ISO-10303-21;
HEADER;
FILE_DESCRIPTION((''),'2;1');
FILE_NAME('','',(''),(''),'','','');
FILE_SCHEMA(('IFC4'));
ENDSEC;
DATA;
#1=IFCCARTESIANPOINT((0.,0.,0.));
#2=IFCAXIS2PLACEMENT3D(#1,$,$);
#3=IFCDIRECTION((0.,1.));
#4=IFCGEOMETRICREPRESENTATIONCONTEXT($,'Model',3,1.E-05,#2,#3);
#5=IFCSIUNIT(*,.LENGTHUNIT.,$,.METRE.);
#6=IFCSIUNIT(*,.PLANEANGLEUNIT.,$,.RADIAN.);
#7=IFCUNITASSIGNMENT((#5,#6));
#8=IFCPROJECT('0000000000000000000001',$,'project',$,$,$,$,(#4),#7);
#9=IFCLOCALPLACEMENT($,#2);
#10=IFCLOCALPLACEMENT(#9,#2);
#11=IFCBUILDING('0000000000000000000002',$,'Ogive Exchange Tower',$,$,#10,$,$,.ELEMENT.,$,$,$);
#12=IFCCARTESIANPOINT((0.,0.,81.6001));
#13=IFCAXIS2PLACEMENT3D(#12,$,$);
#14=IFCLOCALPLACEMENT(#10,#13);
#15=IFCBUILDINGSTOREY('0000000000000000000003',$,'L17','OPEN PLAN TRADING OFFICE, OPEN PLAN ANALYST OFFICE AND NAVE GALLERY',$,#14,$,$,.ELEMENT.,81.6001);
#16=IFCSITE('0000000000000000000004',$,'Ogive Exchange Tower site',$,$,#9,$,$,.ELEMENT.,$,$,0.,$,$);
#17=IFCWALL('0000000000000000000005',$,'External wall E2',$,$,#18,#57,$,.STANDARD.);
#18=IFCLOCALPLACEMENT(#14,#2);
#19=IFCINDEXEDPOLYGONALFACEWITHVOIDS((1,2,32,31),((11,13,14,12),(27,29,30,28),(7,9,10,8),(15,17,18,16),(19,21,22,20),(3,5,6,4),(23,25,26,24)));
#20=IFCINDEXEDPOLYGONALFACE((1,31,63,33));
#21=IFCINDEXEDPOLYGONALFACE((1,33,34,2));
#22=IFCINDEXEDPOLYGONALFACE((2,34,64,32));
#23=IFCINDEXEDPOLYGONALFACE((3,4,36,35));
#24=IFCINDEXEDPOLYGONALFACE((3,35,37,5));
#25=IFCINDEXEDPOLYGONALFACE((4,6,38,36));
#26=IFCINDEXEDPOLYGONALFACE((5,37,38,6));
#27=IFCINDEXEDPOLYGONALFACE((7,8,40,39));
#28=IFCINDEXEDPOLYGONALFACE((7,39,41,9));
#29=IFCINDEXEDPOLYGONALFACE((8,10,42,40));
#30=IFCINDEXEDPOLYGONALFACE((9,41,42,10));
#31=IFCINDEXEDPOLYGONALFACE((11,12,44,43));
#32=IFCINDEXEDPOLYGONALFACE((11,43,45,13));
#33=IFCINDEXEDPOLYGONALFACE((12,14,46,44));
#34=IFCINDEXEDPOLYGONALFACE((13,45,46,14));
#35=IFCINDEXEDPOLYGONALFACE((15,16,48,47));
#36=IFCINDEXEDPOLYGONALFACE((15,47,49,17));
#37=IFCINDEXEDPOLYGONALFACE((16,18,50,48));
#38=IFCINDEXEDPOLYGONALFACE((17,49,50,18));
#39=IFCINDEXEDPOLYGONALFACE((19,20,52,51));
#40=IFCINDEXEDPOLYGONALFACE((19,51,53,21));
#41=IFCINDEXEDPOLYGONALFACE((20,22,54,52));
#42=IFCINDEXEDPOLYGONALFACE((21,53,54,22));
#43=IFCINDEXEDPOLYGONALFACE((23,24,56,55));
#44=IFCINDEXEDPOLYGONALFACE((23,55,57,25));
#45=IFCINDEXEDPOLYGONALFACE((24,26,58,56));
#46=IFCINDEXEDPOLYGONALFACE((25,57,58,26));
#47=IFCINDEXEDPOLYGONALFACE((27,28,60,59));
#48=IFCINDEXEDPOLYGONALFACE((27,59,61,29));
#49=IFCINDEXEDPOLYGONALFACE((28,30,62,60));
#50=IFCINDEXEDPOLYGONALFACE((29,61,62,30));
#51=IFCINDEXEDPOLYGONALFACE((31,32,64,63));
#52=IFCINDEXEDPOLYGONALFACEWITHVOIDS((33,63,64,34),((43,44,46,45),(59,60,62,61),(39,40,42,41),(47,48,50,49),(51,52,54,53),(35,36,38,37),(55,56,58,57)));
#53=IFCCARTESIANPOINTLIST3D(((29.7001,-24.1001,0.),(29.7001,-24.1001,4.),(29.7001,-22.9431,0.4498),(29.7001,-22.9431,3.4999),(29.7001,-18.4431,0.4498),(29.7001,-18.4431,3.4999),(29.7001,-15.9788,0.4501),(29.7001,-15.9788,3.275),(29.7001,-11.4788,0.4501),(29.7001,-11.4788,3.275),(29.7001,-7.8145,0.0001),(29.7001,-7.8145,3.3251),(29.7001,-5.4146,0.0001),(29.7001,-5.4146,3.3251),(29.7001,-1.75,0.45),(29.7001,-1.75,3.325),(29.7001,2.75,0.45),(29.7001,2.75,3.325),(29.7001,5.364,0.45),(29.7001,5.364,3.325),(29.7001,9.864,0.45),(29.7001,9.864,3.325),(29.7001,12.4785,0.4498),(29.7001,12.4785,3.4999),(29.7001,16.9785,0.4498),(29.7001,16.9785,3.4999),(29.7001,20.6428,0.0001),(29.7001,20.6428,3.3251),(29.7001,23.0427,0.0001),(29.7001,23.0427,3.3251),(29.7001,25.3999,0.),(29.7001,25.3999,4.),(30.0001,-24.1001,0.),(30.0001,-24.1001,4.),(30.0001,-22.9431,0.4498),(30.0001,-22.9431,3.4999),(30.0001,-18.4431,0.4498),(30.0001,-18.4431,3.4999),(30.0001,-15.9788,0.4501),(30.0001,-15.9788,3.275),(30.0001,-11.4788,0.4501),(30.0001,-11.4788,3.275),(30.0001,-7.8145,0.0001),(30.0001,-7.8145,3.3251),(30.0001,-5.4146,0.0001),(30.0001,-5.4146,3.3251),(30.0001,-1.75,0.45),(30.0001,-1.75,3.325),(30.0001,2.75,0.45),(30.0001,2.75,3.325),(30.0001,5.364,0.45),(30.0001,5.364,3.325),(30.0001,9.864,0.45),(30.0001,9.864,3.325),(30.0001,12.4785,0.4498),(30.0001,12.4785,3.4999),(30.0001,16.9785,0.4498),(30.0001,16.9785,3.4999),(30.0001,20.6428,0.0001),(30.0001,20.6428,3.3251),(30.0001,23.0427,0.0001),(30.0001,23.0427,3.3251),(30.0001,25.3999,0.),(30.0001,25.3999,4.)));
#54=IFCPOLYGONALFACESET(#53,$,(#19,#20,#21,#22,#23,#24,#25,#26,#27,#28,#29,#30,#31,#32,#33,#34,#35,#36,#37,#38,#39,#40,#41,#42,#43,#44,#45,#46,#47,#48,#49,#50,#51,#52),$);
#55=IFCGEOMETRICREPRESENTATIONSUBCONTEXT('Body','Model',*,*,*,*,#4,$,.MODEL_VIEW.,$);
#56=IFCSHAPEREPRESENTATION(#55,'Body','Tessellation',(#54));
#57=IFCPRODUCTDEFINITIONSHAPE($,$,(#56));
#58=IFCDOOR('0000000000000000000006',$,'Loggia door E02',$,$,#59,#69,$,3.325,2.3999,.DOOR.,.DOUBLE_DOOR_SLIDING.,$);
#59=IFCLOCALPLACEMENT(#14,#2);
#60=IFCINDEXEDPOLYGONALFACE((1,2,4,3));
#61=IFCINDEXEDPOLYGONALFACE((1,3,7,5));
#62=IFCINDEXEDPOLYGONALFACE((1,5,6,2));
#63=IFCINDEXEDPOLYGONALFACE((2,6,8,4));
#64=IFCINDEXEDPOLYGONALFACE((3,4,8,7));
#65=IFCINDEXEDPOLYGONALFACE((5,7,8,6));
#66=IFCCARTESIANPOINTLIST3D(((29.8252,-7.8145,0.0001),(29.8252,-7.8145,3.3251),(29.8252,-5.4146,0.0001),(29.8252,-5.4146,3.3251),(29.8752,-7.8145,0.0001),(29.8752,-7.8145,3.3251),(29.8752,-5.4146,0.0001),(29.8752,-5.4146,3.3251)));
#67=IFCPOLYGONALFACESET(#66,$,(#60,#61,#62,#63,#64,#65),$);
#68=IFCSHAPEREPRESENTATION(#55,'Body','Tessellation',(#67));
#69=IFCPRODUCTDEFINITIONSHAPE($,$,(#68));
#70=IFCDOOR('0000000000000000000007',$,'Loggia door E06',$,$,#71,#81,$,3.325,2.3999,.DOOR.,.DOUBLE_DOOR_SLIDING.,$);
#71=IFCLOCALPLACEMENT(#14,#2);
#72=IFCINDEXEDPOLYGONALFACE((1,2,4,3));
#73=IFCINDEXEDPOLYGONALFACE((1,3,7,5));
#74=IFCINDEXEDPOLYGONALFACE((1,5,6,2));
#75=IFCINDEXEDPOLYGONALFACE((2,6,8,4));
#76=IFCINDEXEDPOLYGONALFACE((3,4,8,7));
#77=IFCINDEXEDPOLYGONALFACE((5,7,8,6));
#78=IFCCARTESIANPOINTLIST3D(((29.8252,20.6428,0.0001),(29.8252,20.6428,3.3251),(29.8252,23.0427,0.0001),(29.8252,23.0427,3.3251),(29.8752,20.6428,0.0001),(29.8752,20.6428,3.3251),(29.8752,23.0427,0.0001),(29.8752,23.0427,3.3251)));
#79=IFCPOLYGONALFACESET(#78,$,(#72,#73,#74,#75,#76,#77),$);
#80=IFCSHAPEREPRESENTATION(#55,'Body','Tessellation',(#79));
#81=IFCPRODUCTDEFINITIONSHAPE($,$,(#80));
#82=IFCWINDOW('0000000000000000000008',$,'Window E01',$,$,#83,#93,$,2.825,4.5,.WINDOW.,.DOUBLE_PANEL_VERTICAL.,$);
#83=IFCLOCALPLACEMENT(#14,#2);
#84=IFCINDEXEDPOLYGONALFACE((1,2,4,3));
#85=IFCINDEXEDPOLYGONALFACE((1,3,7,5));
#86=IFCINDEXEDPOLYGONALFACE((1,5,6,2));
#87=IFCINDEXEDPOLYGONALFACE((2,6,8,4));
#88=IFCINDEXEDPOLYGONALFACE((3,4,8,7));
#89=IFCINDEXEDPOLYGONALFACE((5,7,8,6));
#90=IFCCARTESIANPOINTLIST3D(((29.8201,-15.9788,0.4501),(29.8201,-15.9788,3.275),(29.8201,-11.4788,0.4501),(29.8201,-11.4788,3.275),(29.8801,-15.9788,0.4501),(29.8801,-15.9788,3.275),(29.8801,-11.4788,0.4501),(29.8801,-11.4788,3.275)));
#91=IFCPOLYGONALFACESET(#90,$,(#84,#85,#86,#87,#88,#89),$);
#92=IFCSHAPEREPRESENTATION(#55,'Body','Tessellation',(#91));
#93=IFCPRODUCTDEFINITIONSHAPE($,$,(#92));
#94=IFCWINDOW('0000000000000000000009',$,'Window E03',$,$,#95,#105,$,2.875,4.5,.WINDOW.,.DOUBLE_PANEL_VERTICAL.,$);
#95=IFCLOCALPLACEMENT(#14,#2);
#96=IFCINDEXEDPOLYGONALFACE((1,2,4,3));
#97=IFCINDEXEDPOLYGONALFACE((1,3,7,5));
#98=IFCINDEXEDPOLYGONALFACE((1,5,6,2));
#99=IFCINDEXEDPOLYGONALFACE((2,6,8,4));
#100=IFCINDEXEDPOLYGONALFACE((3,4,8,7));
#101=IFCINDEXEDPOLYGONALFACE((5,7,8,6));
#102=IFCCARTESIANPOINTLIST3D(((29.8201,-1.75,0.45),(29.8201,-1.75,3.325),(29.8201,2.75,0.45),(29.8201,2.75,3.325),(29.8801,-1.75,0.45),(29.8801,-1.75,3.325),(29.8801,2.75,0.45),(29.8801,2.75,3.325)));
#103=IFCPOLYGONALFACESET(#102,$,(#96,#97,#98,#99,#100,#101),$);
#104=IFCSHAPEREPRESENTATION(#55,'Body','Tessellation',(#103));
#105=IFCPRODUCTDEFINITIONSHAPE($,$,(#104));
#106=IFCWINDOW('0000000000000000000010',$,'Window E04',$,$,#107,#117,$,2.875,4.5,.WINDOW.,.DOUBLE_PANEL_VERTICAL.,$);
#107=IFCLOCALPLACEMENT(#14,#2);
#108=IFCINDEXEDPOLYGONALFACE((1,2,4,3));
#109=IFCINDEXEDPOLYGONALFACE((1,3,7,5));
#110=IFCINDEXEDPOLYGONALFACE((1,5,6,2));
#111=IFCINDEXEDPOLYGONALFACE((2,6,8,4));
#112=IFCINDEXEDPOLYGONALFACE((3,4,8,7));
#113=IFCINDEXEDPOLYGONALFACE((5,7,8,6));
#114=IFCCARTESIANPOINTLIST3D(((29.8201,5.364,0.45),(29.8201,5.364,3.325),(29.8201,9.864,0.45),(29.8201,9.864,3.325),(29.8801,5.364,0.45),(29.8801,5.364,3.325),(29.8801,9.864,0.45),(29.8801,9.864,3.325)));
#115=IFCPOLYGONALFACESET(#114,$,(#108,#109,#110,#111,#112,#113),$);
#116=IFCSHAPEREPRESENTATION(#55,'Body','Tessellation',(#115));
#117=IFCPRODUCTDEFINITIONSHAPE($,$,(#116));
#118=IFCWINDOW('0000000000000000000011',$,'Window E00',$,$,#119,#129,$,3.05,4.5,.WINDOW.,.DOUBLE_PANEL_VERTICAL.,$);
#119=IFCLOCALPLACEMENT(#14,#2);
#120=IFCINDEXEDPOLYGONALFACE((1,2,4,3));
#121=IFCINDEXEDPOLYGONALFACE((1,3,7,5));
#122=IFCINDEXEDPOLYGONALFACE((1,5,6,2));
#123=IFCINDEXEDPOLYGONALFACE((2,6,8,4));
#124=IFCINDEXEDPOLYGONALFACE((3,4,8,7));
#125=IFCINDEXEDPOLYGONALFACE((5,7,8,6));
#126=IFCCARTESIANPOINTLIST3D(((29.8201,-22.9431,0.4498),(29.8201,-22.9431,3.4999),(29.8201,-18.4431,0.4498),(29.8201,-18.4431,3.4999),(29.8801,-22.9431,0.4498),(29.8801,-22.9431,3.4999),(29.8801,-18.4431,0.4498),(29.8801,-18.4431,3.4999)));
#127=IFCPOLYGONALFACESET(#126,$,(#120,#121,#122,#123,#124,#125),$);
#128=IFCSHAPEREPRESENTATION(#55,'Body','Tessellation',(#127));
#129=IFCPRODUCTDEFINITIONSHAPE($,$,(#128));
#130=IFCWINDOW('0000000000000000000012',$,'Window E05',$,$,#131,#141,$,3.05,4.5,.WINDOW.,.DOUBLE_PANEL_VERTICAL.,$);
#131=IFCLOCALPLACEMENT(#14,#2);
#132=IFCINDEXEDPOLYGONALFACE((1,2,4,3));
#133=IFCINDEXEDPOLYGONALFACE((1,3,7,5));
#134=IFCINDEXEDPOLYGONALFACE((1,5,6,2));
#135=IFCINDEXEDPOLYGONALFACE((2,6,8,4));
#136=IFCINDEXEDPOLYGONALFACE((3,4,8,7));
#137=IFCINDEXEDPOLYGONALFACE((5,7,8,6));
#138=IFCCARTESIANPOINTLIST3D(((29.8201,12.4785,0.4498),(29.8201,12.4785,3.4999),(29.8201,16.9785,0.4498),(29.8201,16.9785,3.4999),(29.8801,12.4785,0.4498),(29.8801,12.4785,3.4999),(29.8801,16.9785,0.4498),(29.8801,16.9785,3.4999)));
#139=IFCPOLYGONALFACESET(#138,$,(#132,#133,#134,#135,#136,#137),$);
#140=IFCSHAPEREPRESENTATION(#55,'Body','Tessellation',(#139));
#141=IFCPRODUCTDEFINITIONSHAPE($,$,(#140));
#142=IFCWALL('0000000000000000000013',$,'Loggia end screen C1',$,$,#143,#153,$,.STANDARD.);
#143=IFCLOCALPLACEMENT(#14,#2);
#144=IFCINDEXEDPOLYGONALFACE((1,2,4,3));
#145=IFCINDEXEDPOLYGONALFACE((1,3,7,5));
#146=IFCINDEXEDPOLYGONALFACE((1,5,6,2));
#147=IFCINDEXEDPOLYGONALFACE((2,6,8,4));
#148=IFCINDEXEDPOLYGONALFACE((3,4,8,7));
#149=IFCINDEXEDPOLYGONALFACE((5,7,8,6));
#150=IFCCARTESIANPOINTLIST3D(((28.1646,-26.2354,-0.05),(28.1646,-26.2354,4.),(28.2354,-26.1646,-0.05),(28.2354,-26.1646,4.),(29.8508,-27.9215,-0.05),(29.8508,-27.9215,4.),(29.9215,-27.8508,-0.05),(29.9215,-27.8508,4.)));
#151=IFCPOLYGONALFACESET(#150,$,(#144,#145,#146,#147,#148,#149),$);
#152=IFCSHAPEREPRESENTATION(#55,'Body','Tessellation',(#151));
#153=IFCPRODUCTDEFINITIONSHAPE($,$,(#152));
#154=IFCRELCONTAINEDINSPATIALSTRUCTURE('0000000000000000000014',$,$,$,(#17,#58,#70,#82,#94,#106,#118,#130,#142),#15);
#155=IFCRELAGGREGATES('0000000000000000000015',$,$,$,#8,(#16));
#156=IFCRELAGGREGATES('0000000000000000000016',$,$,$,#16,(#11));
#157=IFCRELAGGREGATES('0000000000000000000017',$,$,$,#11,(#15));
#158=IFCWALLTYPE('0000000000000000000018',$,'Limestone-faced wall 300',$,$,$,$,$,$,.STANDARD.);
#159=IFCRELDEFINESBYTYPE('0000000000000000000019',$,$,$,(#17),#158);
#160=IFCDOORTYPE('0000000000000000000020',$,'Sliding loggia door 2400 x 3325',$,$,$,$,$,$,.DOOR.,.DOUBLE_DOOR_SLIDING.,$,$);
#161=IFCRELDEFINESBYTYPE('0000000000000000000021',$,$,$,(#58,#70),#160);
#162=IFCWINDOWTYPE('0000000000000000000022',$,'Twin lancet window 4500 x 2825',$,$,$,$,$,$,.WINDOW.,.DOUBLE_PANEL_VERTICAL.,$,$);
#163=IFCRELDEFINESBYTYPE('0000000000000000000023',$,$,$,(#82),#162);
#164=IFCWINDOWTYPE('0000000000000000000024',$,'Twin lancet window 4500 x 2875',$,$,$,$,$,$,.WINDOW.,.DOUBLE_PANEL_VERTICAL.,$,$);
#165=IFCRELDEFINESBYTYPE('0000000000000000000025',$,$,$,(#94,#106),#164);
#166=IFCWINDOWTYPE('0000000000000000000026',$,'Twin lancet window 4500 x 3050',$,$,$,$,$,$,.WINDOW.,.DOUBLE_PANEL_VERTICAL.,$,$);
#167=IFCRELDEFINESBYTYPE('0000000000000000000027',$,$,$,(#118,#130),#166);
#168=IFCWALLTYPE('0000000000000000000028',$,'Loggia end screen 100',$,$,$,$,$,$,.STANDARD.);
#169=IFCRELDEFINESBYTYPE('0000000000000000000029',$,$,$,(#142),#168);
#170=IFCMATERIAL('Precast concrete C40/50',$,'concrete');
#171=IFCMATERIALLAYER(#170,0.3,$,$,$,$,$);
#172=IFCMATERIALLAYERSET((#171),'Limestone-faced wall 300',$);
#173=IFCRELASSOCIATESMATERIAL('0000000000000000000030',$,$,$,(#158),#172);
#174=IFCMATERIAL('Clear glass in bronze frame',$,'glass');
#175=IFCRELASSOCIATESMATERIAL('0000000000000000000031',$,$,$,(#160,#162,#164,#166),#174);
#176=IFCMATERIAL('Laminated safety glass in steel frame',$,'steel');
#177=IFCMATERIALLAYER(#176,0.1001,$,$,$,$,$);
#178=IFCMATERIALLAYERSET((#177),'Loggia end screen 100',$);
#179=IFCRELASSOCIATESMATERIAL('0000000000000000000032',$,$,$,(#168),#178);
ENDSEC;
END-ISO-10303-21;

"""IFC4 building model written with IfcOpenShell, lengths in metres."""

from ifc_helpers import new_model, si_unit, direction, frame, frame_2d, origin, place, context, subcontext, project, spatial, rectangle, extrude, material, layer, layer_set, type_object, element, fill, save


model = new_model("IFC4")

# Units and contexts
model_context = context("Model", 3, precision=1e-05, world=origin(), true_north=direction((0.0, 1.0)))
body_context = subcontext(model_context, "Body", "Model", "MODEL_VIEW")
ifc_project = project(units=[si_unit("LENGTHUNIT", "METRE"), si_unit("PLANEANGLEUNIT", "RADIAN")], contexts=[model_context])

# Site, building, storey
site_placement = place(None, origin())
site = spatial("IfcSite", under=ifc_project, at=site_placement, Name="Ogive Exchange Tower site", CompositionType="ELEMENT", RefElevation=0.0)
building_placement = place(site_placement, origin())
building = spatial("IfcBuilding", under=site, at=building_placement, Name="Ogive Exchange Tower", CompositionType="ELEMENT")
storey_placement = place(building_placement, frame((0.0, 0.0, 81.6001)))
storey = spatial("IfcBuildingStorey", under=building, at=storey_placement, Name="L17", Description="OPEN PLAN TRADING OFFICE, OPEN PLAN ANALYST OFFICE AND NAVE GALLERY", CompositionType="ELEMENT", Elevation=81.6001)

# Wall, openings, doors, windows
ifc_material_1 = material(Name="Precast concrete C40/50", Category="concrete")
ifc_layer_1 = layer(ifc_material_1, 0.3)
ifc_layer_set_1 = layer_set([ifc_layer_1], Name="Limestone-faced wall 300")
wall_type_1 = type_object("IfcWallType", Name="Limestone-faced wall 300", PredefinedType="STANDARD", material=ifc_layer_set_1)
wall_1_placement = place(storey_placement, frame((29.8501, -24.1001, 0.0), z_axis=(0.0, 0.0, 1.0), x_axis=(0.0, 1.0, 0.0)))
wall_1 = element("IfcWall", 1, at=wall_1_placement, inside=storey, type_object=wall_type_1, Name="External wall E2", PredefinedType="STANDARD", context=body_context, shape_type="SweptSolid", body=[
    extrude(rectangle(XDim=49.5, YDim=0.3, at=frame_2d((24.75, 0.0))), origin(), (0.0, 0.0, 1.0), 4.0),
])
opening_1_placement = place(wall_1_placement, frame((1.157, 0.0, 0.45)))
opening_1 = element("IfcOpeningElement", 2, at=opening_1_placement, cuts=wall_1, PredefinedType="OPENING", context=body_context, shape_type="SweptSolid", body=[
    extrude(rectangle(XDim=4.5, YDim=3.05, at=frame_2d((2.25, 1.5249))), frame((0.0, 0.1599, 0.0), z_axis=(0.0, -1.0, 0.0), x_axis=(1.0, 0.0, 0.0)), (0.0, 0.0, 1.0), 0.3201),
])
opening_2_placement = place(wall_1_placement, frame((8.1213, 0.0, 0.45)))
opening_2 = element("IfcOpeningElement", 3, at=opening_2_placement, cuts=wall_1, PredefinedType="OPENING", context=body_context, shape_type="SweptSolid", body=[
    extrude(rectangle(XDim=4.5, YDim=2.825, at=frame_2d((2.25, 1.4126))), frame((0.0, 0.1599, 0.0), z_axis=(0.0, -1.0, 0.0), x_axis=(1.0, 0.0, 0.0)), (0.0, 0.0, 1.0), 0.3201),
])
opening_3_placement = place(wall_1_placement, frame((16.2856, 0.0, 0.0)))
opening_3 = element("IfcOpeningElement", 4, at=opening_3_placement, cuts=wall_1, PredefinedType="OPENING", context=body_context, shape_type="SweptSolid", body=[
    extrude(rectangle(XDim=2.3999, YDim=3.325, at=frame_2d((1.2, 1.6626))), frame((0.0, 0.1599, 0.0), z_axis=(0.0, -1.0, 0.0), x_axis=(1.0, 0.0, 0.0)), (0.0, 0.0, 1.0), 0.3201),
])
opening_4_placement = place(wall_1_placement, frame((22.3501, 0.0, 0.45)))
opening_4 = element("IfcOpeningElement", 5, at=opening_4_placement, cuts=wall_1, PredefinedType="OPENING", context=body_context, shape_type="SweptSolid", body=[
    extrude(rectangle(XDim=4.5, YDim=2.875, at=frame_2d((2.25, 1.4375))), frame((0.0, 0.1599, 0.0), z_axis=(0.0, -1.0, 0.0), x_axis=(1.0, 0.0, 0.0)), (0.0, 0.0, 1.0), 0.3201),
])
opening_5_placement = place(wall_1_placement, frame((29.4641, 0.0, 0.45)))
opening_5 = element("IfcOpeningElement", 6, at=opening_5_placement, cuts=wall_1, PredefinedType="OPENING", context=body_context, shape_type="SweptSolid", body=[
    extrude(rectangle(XDim=4.5, YDim=2.875, at=frame_2d((2.25, 1.4375))), frame((0.0, 0.1599, 0.0), z_axis=(0.0, -1.0, 0.0), x_axis=(1.0, 0.0, 0.0)), (0.0, 0.0, 1.0), 0.3201),
])
opening_6_placement = place(wall_1_placement, frame((36.5786, 0.0, 0.45)))
opening_6 = element("IfcOpeningElement", 7, at=opening_6_placement, cuts=wall_1, PredefinedType="OPENING", context=body_context, shape_type="SweptSolid", body=[
    extrude(rectangle(XDim=4.5, YDim=3.05, at=frame_2d((2.25, 1.5249))), frame((0.0, 0.1599, 0.0), z_axis=(0.0, -1.0, 0.0), x_axis=(1.0, 0.0, 0.0)), (0.0, 0.0, 1.0), 0.3201),
])
opening_7_placement = place(wall_1_placement, frame((44.7429, 0.0, 0.0)))
opening_7 = element("IfcOpeningElement", 8, at=opening_7_placement, cuts=wall_1, PredefinedType="OPENING", context=body_context, shape_type="SweptSolid", body=[
    extrude(rectangle(XDim=2.3999, YDim=3.325, at=frame_2d((1.2, 1.6626))), frame((0.0, 0.1599, 0.0), z_axis=(0.0, -1.0, 0.0), x_axis=(1.0, 0.0, 0.0)), (0.0, 0.0, 1.0), 0.3201),
])
ifc_material_2 = material(Name="Clear glass in bronze frame", Category="glass")
door_type = type_object("IfcDoorType", Name="Sliding loggia door 2400 x 3325", OperationType="DOUBLE_DOOR_SLIDING", PredefinedType="DOOR", material=ifc_material_2)
door_1_placement = place(opening_3_placement, origin())
door_1 = element("IfcDoor", 9, at=door_1_placement, inside=storey, type_object=door_type, Name="Loggia door E02", OperationType="DOUBLE_DOOR_SLIDING", OverallHeight=3.325, OverallWidth=2.3999, PredefinedType="DOOR", context=body_context, shape_type="SweptSolid", body=[
    extrude(rectangle(XDim=2.3999, YDim=3.325, at=frame_2d((1.2, 1.6626))), frame((0.0, 0.0249, 0.0), z_axis=(0.0, -1.0, 0.0), x_axis=(1.0, 0.0, 0.0)), (0.0, 0.0, 1.0), 0.05),
])
fill(opening_3, door_1)
door_2_placement = place(opening_7_placement, origin())
door_2 = element("IfcDoor", 10, at=door_2_placement, inside=storey, type_object=door_type, Name="Loggia door E06", OperationType="DOUBLE_DOOR_SLIDING", OverallHeight=3.325, OverallWidth=2.3999, PredefinedType="DOOR", context=body_context, shape_type="SweptSolid", body=[
    extrude(rectangle(XDim=2.3999, YDim=3.325, at=frame_2d((1.2, 1.6626))), frame((0.0, 0.0249, 0.0), z_axis=(0.0, -1.0, 0.0), x_axis=(1.0, 0.0, 0.0)), (0.0, 0.0, 1.0), 0.05),
])
fill(opening_7, door_2)
window_type_1 = type_object("IfcWindowType", Name="Twin lancet window 4500 x 2825", PartitioningType="DOUBLE_PANEL_VERTICAL", PredefinedType="WINDOW", material=ifc_material_2)
window_1_placement = place(opening_2_placement, origin())
window_1 = element("IfcWindow", 11, at=window_1_placement, inside=storey, type_object=window_type_1, Name="Window E01", OverallHeight=2.825, OverallWidth=4.5, PartitioningType="DOUBLE_PANEL_VERTICAL", PredefinedType="WINDOW", context=body_context, shape_type="SweptSolid", body=[
    extrude(rectangle(XDim=4.5, YDim=2.825, at=frame_2d((2.25, 1.4126))), frame((0.0, 0.03, 0.0), z_axis=(0.0, -1.0, 0.0), x_axis=(1.0, 0.0, 0.0)), (0.0, 0.0, 1.0), 0.0601),
])
fill(opening_2, window_1)
window_type_2 = type_object("IfcWindowType", Name="Twin lancet window 4500 x 2875", PartitioningType="DOUBLE_PANEL_VERTICAL", PredefinedType="WINDOW", material=ifc_material_2)
window_2_placement = place(opening_4_placement, origin())
window_2 = element("IfcWindow", 12, at=window_2_placement, inside=storey, type_object=window_type_2, Name="Window E03", OverallHeight=2.875, OverallWidth=4.5, PartitioningType="DOUBLE_PANEL_VERTICAL", PredefinedType="WINDOW", context=body_context, shape_type="SweptSolid", body=[
    extrude(rectangle(XDim=4.5, YDim=2.875, at=frame_2d((2.25, 1.4375))), frame((0.0, 0.03, 0.0), z_axis=(0.0, -1.0, 0.0), x_axis=(1.0, 0.0, 0.0)), (0.0, 0.0, 1.0), 0.0601),
])
fill(opening_4, window_2)
window_3_placement = place(opening_5_placement, origin())
window_3 = element("IfcWindow", 13, at=window_3_placement, inside=storey, type_object=window_type_2, Name="Window E04", OverallHeight=2.875, OverallWidth=4.5, PartitioningType="DOUBLE_PANEL_VERTICAL", PredefinedType="WINDOW", context=body_context, shape_type="SweptSolid", body=[
    extrude(rectangle(XDim=4.5, YDim=2.875, at=frame_2d((2.25, 1.4375))), frame((0.0, 0.03, 0.0), z_axis=(0.0, -1.0, 0.0), x_axis=(1.0, 0.0, 0.0)), (0.0, 0.0, 1.0), 0.0601),
])
fill(opening_5, window_3)
window_type_3 = type_object("IfcWindowType", Name="Twin lancet window 4500 x 3050", PartitioningType="DOUBLE_PANEL_VERTICAL", PredefinedType="WINDOW", material=ifc_material_2)
window_4_placement = place(opening_1_placement, origin())
window_4 = element("IfcWindow", 14, at=window_4_placement, inside=storey, type_object=window_type_3, Name="Window E00", OverallHeight=3.05, OverallWidth=4.5, PartitioningType="DOUBLE_PANEL_VERTICAL", PredefinedType="WINDOW", context=body_context, shape_type="SweptSolid", body=[
    extrude(rectangle(XDim=4.5, YDim=3.05, at=frame_2d((2.25, 1.5249))), frame((0.0, 0.03, 0.0), z_axis=(0.0, -1.0, 0.0), x_axis=(1.0, 0.0, 0.0)), (0.0, 0.0, 1.0), 0.0601),
])
fill(opening_1, window_4)
window_5_placement = place(opening_6_placement, origin())
window_5 = element("IfcWindow", 15, at=window_5_placement, inside=storey, type_object=window_type_3, Name="Window E05", OverallHeight=3.05, OverallWidth=4.5, PartitioningType="DOUBLE_PANEL_VERTICAL", PredefinedType="WINDOW", context=body_context, shape_type="SweptSolid", body=[
    extrude(rectangle(XDim=4.5, YDim=3.05, at=frame_2d((2.25, 1.5249))), frame((0.0, 0.03, 0.0), z_axis=(0.0, -1.0, 0.0), x_axis=(1.0, 0.0, 0.0)), (0.0, 0.0, 1.0), 0.0601),
])
fill(opening_6, window_5)

# Wall
ifc_material_3 = material(Name="Laminated safety glass in steel frame", Category="steel")
ifc_layer_2 = layer(ifc_material_3, 0.1001)
ifc_layer_set_2 = layer_set([ifc_layer_2], Name="Loggia end screen 100")
wall_type_2 = type_object("IfcWallType", Name="Loggia end screen 100", PredefinedType="STANDARD", material=ifc_layer_set_2)
wall_2_placement = place(storey_placement, frame((28.2, -26.2, -0.05), z_axis=(0.0, 0.0, 1.0), x_axis=(0.707107, -0.707107, 0.0)))
element("IfcWall", 16, at=wall_2_placement, inside=storey, type_object=wall_type_2, Name="Loggia end screen C1", PredefinedType="STANDARD", context=body_context, shape_type="SweptSolid", body=[
    extrude(rectangle(XDim=2.3845, YDim=0.1001, at=frame_2d((1.1924, 0.0))), origin(), (0.0, 0.0, 1.0), 4.05),
])

save(model, "model.ifc")
